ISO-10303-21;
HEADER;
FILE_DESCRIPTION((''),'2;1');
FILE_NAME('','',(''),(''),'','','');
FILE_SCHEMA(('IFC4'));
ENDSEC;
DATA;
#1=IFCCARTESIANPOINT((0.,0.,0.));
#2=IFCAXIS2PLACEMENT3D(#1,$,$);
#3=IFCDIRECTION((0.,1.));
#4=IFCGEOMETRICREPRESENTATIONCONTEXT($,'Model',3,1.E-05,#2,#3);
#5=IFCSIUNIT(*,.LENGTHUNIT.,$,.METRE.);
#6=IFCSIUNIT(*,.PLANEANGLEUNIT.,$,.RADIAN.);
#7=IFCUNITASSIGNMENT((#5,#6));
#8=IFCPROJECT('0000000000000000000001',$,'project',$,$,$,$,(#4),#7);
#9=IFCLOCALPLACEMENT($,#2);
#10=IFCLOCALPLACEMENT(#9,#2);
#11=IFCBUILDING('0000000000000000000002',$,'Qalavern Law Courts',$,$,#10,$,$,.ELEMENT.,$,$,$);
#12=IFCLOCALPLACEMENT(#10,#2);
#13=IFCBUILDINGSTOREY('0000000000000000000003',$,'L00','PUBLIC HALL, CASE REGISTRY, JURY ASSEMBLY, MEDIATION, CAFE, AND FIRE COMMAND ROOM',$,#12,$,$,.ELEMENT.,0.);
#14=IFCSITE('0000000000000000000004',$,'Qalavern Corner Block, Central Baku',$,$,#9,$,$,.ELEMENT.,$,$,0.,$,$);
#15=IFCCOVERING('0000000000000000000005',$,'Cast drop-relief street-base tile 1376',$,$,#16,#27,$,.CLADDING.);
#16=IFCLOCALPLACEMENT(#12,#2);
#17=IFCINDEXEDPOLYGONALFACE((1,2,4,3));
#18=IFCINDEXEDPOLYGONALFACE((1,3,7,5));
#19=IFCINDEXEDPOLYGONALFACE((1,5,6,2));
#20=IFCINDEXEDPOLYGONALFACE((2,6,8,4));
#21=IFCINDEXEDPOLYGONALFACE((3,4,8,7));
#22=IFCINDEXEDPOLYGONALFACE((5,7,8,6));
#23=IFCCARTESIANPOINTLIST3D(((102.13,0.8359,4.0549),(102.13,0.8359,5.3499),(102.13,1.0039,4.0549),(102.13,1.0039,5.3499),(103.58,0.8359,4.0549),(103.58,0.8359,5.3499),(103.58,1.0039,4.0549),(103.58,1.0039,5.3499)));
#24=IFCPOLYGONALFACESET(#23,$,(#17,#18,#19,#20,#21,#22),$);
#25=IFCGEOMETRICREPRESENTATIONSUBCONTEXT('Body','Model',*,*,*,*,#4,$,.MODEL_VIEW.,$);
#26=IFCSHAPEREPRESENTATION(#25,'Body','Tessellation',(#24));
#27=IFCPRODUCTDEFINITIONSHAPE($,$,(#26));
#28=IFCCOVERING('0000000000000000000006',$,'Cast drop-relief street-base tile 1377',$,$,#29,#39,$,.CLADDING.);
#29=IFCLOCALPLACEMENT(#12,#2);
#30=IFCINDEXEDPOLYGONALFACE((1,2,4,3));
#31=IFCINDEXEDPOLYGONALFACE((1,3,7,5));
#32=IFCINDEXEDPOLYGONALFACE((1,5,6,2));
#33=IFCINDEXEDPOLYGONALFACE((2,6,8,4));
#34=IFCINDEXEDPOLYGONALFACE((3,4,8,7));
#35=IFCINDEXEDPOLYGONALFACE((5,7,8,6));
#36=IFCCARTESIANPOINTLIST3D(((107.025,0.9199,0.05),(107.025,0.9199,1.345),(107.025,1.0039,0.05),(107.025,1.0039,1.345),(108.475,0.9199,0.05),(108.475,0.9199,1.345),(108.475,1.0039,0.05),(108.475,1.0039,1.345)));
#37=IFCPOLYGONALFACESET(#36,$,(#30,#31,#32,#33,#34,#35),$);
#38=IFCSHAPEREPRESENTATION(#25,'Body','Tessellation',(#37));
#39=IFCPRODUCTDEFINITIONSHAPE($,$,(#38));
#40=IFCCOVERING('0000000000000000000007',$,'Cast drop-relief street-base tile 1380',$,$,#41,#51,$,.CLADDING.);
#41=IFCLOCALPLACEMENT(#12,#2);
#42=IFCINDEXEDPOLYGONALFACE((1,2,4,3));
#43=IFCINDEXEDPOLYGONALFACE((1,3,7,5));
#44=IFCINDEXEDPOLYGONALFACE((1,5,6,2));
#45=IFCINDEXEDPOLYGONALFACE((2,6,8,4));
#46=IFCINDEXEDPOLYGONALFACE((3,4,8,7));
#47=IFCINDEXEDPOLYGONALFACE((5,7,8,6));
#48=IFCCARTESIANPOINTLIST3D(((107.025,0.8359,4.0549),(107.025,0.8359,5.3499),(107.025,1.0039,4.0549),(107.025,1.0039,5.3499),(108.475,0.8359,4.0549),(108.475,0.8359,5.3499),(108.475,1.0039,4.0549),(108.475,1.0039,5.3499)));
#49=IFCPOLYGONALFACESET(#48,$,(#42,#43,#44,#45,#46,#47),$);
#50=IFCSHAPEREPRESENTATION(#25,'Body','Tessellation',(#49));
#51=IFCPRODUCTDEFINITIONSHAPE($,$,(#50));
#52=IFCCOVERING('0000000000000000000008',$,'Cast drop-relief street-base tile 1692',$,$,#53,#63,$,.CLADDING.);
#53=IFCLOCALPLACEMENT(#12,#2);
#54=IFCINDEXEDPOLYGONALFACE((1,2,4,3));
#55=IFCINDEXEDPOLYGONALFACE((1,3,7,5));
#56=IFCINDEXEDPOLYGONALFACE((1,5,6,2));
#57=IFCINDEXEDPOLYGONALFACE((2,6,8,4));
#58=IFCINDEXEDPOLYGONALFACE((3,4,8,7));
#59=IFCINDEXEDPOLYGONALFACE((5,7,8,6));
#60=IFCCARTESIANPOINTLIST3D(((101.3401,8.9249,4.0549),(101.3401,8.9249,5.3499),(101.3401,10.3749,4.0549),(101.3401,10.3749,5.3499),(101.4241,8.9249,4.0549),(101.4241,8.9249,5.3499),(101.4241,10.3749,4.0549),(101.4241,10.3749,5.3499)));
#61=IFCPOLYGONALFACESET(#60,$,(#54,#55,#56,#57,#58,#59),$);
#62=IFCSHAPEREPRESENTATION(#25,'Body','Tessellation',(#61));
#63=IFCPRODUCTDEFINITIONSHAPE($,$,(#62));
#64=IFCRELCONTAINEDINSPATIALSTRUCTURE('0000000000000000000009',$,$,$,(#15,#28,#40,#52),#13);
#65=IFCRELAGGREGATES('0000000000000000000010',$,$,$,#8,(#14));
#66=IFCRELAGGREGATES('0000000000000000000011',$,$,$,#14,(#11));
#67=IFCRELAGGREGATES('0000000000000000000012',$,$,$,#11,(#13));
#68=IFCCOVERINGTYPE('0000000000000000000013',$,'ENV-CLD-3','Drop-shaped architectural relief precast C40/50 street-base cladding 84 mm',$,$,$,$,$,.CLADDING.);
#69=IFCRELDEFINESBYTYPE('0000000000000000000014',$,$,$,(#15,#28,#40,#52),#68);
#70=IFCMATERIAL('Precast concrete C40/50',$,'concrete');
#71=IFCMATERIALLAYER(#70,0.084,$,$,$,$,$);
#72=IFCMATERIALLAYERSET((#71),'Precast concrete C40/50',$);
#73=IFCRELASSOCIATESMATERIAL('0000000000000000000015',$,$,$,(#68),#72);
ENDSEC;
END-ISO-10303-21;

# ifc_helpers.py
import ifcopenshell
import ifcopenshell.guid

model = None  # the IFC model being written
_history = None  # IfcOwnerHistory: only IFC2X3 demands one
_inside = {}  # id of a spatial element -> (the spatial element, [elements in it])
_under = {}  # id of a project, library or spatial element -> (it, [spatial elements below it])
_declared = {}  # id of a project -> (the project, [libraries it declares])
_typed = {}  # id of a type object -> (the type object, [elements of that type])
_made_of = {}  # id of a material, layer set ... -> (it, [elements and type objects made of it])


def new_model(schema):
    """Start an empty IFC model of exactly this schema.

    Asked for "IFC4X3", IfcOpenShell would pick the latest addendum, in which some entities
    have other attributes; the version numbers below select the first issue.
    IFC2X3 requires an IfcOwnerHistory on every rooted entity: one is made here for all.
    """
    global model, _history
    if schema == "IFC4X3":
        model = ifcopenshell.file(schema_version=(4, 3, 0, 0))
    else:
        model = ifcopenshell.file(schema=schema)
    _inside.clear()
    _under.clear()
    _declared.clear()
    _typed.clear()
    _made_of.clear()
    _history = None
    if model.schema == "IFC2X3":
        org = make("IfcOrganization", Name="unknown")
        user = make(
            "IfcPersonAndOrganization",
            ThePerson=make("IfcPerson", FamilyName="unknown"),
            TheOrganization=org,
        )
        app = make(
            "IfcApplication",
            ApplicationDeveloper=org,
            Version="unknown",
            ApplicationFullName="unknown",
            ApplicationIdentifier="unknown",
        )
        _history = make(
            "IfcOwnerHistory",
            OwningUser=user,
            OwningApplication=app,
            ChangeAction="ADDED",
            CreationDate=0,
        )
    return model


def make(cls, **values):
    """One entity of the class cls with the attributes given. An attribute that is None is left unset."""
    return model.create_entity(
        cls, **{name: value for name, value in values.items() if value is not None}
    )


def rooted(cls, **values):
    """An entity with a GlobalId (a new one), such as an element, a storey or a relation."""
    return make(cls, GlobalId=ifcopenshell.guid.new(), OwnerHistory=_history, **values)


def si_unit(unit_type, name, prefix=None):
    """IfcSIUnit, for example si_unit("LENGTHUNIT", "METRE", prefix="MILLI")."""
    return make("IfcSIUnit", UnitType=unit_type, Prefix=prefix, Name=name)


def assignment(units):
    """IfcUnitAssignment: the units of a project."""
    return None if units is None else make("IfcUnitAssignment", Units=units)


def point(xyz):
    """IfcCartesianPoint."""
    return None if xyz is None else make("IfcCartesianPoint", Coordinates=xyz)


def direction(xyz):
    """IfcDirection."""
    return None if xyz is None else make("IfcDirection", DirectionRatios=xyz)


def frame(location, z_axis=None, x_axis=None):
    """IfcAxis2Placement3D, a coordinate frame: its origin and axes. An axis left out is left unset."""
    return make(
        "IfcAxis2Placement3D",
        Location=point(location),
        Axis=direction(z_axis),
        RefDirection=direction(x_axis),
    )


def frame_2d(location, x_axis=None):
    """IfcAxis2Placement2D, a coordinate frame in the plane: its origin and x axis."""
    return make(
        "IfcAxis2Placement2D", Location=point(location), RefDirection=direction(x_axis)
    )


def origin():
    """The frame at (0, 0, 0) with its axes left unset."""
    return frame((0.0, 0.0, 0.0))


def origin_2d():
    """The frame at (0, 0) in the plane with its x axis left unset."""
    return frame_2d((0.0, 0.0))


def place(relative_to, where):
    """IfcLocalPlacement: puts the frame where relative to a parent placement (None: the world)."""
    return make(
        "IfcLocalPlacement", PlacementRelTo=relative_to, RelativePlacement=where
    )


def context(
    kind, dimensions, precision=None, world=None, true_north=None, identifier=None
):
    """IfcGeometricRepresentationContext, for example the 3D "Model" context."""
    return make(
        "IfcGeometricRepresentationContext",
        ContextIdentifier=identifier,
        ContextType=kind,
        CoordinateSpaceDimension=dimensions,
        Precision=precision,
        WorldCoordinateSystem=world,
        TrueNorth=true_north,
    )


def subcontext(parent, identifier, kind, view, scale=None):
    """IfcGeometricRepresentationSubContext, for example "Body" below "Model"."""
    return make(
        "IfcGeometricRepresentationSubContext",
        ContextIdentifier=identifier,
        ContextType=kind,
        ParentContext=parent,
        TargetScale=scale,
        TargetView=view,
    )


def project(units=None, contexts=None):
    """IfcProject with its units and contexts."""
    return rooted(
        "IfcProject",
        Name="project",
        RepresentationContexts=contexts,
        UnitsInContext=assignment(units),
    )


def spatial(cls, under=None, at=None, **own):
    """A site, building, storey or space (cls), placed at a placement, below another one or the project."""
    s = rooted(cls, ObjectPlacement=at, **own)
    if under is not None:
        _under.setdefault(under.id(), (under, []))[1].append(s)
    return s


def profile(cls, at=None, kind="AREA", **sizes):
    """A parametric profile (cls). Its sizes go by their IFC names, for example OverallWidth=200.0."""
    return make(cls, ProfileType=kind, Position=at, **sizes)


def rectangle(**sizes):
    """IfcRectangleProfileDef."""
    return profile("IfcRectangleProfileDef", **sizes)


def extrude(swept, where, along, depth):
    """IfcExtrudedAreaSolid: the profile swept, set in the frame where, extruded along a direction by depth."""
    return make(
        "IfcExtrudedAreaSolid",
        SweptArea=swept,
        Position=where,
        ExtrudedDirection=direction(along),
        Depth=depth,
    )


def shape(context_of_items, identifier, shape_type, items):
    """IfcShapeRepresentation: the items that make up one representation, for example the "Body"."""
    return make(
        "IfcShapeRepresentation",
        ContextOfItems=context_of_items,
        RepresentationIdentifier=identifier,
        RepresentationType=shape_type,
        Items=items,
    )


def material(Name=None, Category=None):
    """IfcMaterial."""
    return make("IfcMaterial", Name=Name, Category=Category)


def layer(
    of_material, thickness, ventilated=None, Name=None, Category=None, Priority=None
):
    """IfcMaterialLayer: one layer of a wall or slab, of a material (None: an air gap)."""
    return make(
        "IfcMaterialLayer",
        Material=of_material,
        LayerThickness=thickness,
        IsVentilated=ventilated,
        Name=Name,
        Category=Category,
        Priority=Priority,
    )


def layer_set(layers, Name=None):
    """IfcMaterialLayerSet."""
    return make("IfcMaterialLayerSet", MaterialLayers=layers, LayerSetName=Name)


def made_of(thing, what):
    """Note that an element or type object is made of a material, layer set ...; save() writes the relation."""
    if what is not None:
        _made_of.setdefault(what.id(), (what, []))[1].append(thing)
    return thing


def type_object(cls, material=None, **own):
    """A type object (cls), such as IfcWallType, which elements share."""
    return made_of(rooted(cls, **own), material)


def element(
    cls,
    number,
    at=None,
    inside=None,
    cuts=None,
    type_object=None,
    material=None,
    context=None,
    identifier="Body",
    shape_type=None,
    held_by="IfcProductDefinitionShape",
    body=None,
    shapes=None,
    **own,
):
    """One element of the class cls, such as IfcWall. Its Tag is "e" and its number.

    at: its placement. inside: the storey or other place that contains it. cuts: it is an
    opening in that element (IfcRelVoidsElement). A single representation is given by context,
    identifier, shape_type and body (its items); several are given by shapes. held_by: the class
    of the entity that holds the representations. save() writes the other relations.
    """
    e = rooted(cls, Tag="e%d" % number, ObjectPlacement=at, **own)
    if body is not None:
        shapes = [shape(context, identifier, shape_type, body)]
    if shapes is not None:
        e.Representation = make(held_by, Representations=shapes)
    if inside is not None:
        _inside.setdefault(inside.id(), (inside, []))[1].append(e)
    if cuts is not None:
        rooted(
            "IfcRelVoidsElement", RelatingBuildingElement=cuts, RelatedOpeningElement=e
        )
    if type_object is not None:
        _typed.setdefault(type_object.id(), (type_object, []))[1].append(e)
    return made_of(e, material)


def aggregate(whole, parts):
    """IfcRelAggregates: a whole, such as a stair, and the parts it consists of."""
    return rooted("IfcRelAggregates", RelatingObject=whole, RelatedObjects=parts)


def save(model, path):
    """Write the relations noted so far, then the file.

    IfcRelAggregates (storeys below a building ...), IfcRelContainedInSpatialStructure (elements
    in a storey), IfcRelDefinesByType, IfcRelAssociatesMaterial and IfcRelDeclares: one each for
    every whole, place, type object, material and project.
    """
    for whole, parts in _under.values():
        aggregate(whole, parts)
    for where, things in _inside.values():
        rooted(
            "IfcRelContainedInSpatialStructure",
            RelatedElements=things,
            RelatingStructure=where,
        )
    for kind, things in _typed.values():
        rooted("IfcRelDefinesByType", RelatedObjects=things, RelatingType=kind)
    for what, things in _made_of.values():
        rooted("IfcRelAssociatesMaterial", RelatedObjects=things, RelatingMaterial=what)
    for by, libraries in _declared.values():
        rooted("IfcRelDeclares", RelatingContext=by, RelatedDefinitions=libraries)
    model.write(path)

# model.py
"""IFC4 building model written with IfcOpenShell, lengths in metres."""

from ifc_helpers import new_model, si_unit, direction, frame, origin, origin_2d, place, context, subcontext, project, spatial, rectangle, extrude, material, layer, layer_set, type_object, element, save


model = new_model("IFC4")

# Units and contexts
model_context = context("Model", 3, precision=1e-05, world=origin(), true_north=direction((0.0, 1.0)))
body_context = subcontext(model_context, "Body", "Model", "MODEL_VIEW")
ifc_project = project(units=[si_unit("LENGTHUNIT", "METRE"), si_unit("PLANEANGLEUNIT", "RADIAN")], contexts=[model_context])

# Site, building, storey
site_placement = place(None, origin())
site = spatial("IfcSite", under=ifc_project, at=site_placement, Name="Qalavern Corner Block, Central Baku", CompositionType="ELEMENT", RefElevation=0.0)
building_placement = place(site_placement, origin())
building = spatial("IfcBuilding", under=site, at=building_placement, Name="Qalavern Law Courts", CompositionType="ELEMENT")
storey_placement = place(building_placement, origin())
storey = spatial("IfcBuildingStorey", under=building, at=storey_placement, Name="L00", Description="PUBLIC HALL, CASE REGISTRY, JURY ASSEMBLY, MEDIATION, CAFE, AND FIRE COMMAND ROOM", CompositionType="ELEMENT", Elevation=0.0)

# Coverings
ifc_material_1 = material(Name="Precast concrete C40/50", Category="concrete")
ifc_layer_1 = layer(ifc_material_1, 0.084)
ifc_layer_set_1 = layer_set([ifc_layer_1], Name="Precast concrete C40/50")
covering_type_1 = type_object("IfcCoveringType", Name="ENV-CLD-3", Description="Drop-shaped architectural relief precast C40/50 street-base cladding 84 mm", PredefinedType="CLADDING", material=ifc_layer_set_1)
covering_1_placement = place(storey_placement, frame((102.855, 0.9199, 4.0549), z_axis=(0.0, 0.0, 1.0), x_axis=(1.0, 0.0, 0.0)))
element("IfcCovering", 1, at=covering_1_placement, inside=storey, type_object=covering_type_1, Name="Cast drop-relief street-base tile 1376", PredefinedType="CLADDING", context=body_context, shape_type="SweptSolid", body=[
    extrude(rectangle(XDim=1.45, YDim=0.168, at=origin_2d()), origin(), (0.0, 0.0, 1.0), 1.2949),
])
covering_2_placement = place(storey_placement, frame((107.75, 0.9619, 0.05), z_axis=(0.0, 0.0, 1.0), x_axis=(1.0, 0.0, 0.0)))
element("IfcCovering", 2, at=covering_2_placement, inside=storey, type_object=covering_type_1, Name="Cast drop-relief street-base tile 1377", PredefinedType="CLADDING", context=body_context, shape_type="SweptSolid", body=[
    extrude(rectangle(XDim=1.45, YDim=0.084, at=origin_2d()), origin(), (0.0, 0.0, 1.0), 1.2949),
])
covering_3_placement = place(storey_placement, frame((107.75, 0.9199, 4.0549), z_axis=(0.0, 0.0, 1.0), x_axis=(1.0, 0.0, 0.0)))
element("IfcCovering", 3, at=covering_3_placement, inside=storey, type_object=covering_type_1, Name="Cast drop-relief street-base tile 1380", PredefinedType="CLADDING", context=body_context, shape_type="SweptSolid", body=[
    extrude(rectangle(XDim=1.45, YDim=0.168, at=origin_2d()), origin(), (0.0, 0.0, 1.0), 1.2949),
])
covering_4_placement = place(storey_placement, frame((101.3821, 9.6499, 4.0549), z_axis=(0.0, 0.0, 1.0), x_axis=(0.0, -1.0, 0.0)))
element("IfcCovering", 4, at=covering_4_placement, inside=storey, type_object=covering_type_1, Name="Cast drop-relief street-base tile 1692", PredefinedType="CLADDING", context=body_context, shape_type="SweptSolid", body=[
    extrude(rectangle(XDim=1.45, YDim=0.084, at=origin_2d()), origin(), (0.0, 0.0, 1.0), 1.2949),
])

save(model, "model.ifc")
